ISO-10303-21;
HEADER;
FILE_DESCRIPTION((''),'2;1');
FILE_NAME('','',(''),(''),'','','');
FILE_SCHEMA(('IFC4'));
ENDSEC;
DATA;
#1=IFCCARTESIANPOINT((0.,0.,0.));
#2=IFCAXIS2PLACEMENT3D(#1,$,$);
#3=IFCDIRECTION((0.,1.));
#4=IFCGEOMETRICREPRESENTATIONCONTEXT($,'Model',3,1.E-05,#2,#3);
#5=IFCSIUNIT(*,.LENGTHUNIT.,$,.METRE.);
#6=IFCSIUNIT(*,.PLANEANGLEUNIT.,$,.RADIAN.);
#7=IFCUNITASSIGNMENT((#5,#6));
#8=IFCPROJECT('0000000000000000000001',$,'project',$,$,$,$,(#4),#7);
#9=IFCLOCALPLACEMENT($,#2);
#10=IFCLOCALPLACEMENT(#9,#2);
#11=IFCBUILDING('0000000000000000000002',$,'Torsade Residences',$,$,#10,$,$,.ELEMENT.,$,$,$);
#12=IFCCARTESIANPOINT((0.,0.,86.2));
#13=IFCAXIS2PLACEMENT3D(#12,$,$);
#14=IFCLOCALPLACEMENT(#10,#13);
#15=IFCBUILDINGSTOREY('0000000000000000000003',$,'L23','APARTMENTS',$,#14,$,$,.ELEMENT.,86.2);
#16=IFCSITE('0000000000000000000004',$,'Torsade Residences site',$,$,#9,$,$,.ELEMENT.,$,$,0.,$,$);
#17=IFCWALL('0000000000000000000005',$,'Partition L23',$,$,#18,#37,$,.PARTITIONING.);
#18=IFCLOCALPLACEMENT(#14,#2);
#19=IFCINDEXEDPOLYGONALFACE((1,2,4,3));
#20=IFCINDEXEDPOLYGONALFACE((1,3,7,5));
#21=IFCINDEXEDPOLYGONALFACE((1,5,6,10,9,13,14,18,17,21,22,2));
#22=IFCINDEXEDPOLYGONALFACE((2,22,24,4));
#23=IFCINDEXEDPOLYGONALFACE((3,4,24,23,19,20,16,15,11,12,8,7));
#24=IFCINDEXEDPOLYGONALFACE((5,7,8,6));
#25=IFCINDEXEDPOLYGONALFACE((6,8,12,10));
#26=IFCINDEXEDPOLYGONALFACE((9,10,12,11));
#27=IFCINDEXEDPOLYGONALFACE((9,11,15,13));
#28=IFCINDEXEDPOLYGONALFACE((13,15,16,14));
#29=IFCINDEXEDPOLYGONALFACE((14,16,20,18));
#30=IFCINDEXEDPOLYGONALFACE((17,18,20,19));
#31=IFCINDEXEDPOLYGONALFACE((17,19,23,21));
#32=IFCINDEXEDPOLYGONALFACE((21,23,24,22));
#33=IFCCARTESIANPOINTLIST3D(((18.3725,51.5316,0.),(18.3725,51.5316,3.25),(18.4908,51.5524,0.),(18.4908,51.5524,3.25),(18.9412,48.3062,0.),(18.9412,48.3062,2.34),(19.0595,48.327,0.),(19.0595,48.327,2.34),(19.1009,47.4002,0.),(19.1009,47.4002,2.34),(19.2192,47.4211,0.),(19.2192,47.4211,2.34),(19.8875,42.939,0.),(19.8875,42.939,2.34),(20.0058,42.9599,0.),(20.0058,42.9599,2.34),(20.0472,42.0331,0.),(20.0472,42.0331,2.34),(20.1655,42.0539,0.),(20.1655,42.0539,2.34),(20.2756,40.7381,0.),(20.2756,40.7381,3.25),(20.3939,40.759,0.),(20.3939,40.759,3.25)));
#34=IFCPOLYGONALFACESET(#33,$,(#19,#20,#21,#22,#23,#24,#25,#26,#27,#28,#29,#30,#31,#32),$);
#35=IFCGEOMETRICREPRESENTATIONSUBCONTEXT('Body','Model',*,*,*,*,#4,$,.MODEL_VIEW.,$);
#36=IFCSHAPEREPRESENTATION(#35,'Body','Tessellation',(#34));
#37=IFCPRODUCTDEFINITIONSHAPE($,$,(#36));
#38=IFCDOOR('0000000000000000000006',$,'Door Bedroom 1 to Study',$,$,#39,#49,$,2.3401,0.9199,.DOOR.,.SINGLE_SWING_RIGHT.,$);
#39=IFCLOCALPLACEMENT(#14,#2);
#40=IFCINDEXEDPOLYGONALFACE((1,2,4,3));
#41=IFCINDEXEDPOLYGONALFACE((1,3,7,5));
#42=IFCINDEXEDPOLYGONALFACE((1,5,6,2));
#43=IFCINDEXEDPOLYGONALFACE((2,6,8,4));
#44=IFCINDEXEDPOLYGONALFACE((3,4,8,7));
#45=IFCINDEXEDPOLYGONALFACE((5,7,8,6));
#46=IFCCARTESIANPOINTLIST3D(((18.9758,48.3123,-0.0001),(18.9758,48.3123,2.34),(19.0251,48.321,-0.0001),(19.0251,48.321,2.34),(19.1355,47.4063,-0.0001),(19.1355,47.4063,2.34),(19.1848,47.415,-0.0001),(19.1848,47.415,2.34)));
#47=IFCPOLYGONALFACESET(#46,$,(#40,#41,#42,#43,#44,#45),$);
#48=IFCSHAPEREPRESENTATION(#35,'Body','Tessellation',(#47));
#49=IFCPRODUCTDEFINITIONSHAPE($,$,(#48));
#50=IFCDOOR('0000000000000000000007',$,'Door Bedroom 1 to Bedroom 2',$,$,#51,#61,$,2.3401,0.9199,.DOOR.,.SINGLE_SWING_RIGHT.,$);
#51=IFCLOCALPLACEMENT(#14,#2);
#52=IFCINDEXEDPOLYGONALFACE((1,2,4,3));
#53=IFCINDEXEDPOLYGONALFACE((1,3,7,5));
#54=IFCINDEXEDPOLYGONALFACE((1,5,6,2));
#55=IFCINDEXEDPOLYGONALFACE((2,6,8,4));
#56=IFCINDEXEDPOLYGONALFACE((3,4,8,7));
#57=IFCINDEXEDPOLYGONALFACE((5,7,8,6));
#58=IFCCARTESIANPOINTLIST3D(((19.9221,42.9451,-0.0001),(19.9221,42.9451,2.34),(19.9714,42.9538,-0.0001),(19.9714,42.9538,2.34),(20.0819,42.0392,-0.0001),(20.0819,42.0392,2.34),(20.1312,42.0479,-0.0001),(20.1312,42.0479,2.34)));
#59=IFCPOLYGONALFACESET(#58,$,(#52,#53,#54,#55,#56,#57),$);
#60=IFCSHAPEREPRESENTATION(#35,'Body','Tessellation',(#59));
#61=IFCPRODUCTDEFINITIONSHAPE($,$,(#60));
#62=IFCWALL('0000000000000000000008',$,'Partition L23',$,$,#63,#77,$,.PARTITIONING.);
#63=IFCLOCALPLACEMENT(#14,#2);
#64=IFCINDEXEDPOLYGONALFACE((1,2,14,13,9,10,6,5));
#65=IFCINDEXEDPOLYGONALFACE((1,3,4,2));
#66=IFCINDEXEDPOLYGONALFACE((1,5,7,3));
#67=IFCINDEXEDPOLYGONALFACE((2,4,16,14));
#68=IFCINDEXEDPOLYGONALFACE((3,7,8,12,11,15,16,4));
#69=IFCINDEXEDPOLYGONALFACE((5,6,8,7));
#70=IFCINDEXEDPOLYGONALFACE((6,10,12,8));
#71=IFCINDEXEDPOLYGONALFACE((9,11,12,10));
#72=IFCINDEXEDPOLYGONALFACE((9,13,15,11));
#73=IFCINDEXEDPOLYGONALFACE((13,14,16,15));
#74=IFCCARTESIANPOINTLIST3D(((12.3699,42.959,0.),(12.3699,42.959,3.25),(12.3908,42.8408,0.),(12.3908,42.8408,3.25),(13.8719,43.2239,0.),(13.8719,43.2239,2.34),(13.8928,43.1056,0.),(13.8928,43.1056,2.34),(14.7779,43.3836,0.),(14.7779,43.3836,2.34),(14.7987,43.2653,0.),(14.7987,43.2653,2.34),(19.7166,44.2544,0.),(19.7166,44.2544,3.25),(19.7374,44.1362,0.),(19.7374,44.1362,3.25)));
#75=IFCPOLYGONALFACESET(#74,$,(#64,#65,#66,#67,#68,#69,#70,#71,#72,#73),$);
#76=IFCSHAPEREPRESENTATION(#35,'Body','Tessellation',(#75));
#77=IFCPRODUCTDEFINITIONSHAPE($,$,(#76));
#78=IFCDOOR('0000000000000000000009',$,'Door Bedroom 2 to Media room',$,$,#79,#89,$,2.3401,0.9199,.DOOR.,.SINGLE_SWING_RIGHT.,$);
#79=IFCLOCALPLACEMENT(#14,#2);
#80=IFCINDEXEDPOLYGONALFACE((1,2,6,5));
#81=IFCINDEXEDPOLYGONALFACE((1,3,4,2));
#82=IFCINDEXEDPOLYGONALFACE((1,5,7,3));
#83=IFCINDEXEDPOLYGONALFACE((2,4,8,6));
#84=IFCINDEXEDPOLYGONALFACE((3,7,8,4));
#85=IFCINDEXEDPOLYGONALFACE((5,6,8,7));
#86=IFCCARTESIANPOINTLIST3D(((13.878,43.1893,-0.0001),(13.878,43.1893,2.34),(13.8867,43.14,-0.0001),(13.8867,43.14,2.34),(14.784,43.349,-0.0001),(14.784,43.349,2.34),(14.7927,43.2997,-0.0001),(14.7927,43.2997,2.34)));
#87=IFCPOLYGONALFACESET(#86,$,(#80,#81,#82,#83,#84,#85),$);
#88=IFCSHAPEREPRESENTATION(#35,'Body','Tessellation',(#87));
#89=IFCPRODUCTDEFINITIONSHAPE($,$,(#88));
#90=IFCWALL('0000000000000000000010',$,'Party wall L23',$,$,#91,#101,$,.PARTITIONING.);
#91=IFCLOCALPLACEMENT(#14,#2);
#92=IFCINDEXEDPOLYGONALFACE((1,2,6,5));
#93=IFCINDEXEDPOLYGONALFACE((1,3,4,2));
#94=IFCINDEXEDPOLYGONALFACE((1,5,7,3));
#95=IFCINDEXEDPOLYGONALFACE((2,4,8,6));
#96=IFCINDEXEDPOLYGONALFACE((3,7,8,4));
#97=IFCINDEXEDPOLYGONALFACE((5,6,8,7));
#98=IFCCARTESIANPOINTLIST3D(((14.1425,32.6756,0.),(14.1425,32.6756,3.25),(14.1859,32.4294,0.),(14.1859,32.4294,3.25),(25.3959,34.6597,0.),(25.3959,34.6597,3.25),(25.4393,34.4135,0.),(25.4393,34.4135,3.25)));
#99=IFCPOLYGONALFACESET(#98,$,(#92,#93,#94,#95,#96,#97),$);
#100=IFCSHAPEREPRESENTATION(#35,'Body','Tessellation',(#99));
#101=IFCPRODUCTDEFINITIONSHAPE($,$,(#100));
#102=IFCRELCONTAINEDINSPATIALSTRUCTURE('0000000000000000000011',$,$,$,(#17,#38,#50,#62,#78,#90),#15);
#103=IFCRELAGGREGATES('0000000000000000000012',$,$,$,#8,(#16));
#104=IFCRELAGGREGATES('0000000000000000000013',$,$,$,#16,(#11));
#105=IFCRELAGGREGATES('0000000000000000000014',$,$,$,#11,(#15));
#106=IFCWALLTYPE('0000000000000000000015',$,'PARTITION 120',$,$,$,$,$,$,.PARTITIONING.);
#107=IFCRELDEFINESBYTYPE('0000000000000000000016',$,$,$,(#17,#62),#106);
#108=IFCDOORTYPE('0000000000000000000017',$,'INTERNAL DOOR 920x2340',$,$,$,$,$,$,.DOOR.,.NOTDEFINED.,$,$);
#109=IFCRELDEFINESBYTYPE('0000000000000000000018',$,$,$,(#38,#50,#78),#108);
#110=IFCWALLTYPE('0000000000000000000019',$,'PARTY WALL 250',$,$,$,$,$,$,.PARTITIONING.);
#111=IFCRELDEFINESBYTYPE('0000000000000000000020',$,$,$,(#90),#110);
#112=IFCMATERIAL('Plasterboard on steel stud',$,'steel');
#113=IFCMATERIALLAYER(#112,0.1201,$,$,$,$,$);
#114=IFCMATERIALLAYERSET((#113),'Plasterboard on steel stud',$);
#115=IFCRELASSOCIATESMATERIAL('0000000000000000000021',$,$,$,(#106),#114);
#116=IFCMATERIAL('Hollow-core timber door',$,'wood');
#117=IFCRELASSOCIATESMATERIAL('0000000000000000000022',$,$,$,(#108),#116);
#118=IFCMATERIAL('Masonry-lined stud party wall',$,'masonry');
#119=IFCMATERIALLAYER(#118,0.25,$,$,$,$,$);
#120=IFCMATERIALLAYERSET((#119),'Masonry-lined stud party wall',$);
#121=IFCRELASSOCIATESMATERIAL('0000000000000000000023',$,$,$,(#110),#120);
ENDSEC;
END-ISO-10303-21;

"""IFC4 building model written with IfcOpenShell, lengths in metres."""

from ifc_helpers import new_model, si_unit, direction, frame, frame_2d, origin, place, context, subcontext, project, spatial, rectangle, extrude, material, layer, layer_set, type_object, element, fill, save


model = new_model("IFC4")

# Units and contexts
model_context = context("Model", 3, precision=1e-05, world=origin(), true_north=direction((0.0, 1.0)))
body_context = subcontext(model_context, "Body", "Model", "MODEL_VIEW")
ifc_project = project(units=[si_unit("LENGTHUNIT", "METRE"), si_unit("PLANEANGLEUNIT", "RADIAN")], contexts=[model_context])

# Site, building, storey
site_placement = place(None, origin())
site = spatial("IfcSite", under=ifc_project, at=site_placement, Name="Torsade Residences site", CompositionType="ELEMENT", RefElevation=0.0)
building_placement = place(site_placement, origin())
building = spatial("IfcBuilding", under=site, at=building_placement, Name="Torsade Residences", CompositionType="ELEMENT")
storey_placement = place(building_placement, frame((0.0, 0.0, 86.2)))
storey = spatial("IfcBuildingStorey", under=building, at=storey_placement, Name="L23", Description="APARTMENTS", CompositionType="ELEMENT", Elevation=86.2)

# Shared definitions
ifc_material_1 = material(Name="Plasterboard on steel stud", Category="steel")
ifc_layer_1 = layer(ifc_material_1, 0.1201)
ifc_layer_set_1 = layer_set([ifc_layer_1], Name="Plasterboard on steel stud")
wall_type_1 = type_object("IfcWallType", Name="PARTITION 120", PredefinedType="PARTITIONING", material=ifc_layer_set_1)

# Shared definitions
ifc_material_2 = material(Name="Hollow-core timber door", Category="wood")
door_type = type_object("IfcDoorType", Name="INTERNAL DOOR 920x2340", OperationType="NOTDEFINED", PredefinedType="DOOR", material=ifc_material_2)

# Wall, openings, doors
wall_1_placement = place(storey_placement, frame((20.3347, 40.7485, 0.0), z_axis=(0.0, 0.0, 1.0), x_axis=(-0.173639, 0.984809, 0.0)))
wall_1 = element("IfcWall", 1, at=wall_1_placement, inside=storey, type_object=wall_type_1, Name="Partition L23", PredefinedType="PARTITIONING", context=body_context, shape_type="SweptSolid", body=[
    extrude(rectangle(XDim=10.96, YDim=0.1201, at=frame_2d((5.48, 0.0))), origin(), (0.0, 0.0, 1.0), 3.25),
])
opening_1_placement = place(wall_1_placement, frame((6.7649, 0.0, 0.0)))
opening_1 = element("IfcOpeningElement", 2, at=opening_1_placement, cuts=wall_1, PredefinedType="OPENING", context=body_context, shape_type="SweptSolid", body=[
    extrude(rectangle(XDim=0.9199, YDim=2.3401, at=frame_2d((0.46, 1.1699))), frame((0.0, 0.0701, 0.0), z_axis=(0.0, -1.0, 0.0), x_axis=(1.0, 0.0, 0.0)), (0.0, 0.0, 1.0), 0.1401),
])
opening_2_placement = place(wall_1_placement, frame((1.3149, 0.0, 0.0)))
opening_2 = element("IfcOpeningElement", 3, at=opening_2_placement, cuts=wall_1, PredefinedType="OPENING", context=body_context, shape_type="SweptSolid", body=[
    extrude(rectangle(XDim=0.9199, YDim=2.3401, at=frame_2d((0.46, 1.1699))), frame((0.0, 0.0701, 0.0), z_axis=(0.0, -1.0, 0.0), x_axis=(1.0, 0.0, 0.0)), (0.0, 0.0, 1.0), 0.1401),
])
door_1_placement = place(opening_1_placement, origin())
door_1 = element("IfcDoor", 4, at=door_1_placement, inside=storey, type_object=door_type, Name="Door Bedroom 1 to Study", OperationType="SINGLE_SWING_RIGHT", OverallHeight=2.3401, OverallWidth=0.9199, PredefinedType="DOOR", context=body_context, shape_type="SweptSolid", body=[
    extrude(rectangle(XDim=0.9199, YDim=2.3401, at=frame_2d((0.46, 1.1699))), frame((0.0, 0.0249, 0.0), z_axis=(0.0, -1.0, 0.0), x_axis=(1.0, 0.0, 0.0)), (0.0, 0.0, 1.0), 0.05),
])
fill(opening_1, door_1)
door_2_placement = place(opening_2_placement, origin())
door_2 = element("IfcDoor", 5, at=door_2_placement, inside=storey, type_object=door_type, Name="Door Bedroom 1 to Bedroom 2", OperationType="SINGLE_SWING_RIGHT", OverallHeight=2.3401, OverallWidth=0.9199, PredefinedType="DOOR", context=body_context, shape_type="SweptSolid", body=[
    extrude(rectangle(XDim=0.9199, YDim=2.3401, at=frame_2d((0.46, 1.1699))), frame((0.0, 0.0249, 0.0), z_axis=(0.0, -1.0, 0.0), x_axis=(1.0, 0.0, 0.0)), (0.0, 0.0, 1.0), 0.05),
])
fill(opening_2, door_2)

# Wall, opening, door
wall_2_placement = place(storey_placement, frame((12.3804, 42.8999, 0.0), z_axis=(0.0, 0.0, 1.0), x_axis=(0.984808, 0.173647, 0.0)))
wall_2 = element("IfcWall", 6, at=wall_2_placement, inside=storey, type_object=wall_type_1, Name="Partition L23", PredefinedType="PARTITIONING", context=body_context, shape_type="SweptSolid", body=[
    extrude(rectangle(XDim=7.46, YDim=0.1201, at=frame_2d((3.73, 0.0))), origin(), (0.0, 0.0, 1.0), 3.25),
])
opening_3_placement = place(wall_2_placement, frame((1.5251, 0.0, 0.0)))
opening_3 = element("IfcOpeningElement", 7, at=opening_3_placement, cuts=wall_2, PredefinedType="OPENING", context=body_context, shape_type="SweptSolid", body=[
    extrude(rectangle(XDim=0.9199, YDim=2.3401, at=frame_2d((0.46, 1.1699))), frame((0.0, 0.0701, 0.0), z_axis=(0.0, -1.0, 0.0), x_axis=(1.0, 0.0, 0.0)), (0.0, 0.0, 1.0), 0.1401),
])
door_3_placement = place(opening_3_placement, origin())
door_3 = element("IfcDoor", 8, at=door_3_placement, inside=storey, type_object=door_type, Name="Door Bedroom 2 to Media room", OperationType="SINGLE_SWING_RIGHT", OverallHeight=2.3401, OverallWidth=0.9199, PredefinedType="DOOR", context=body_context, shape_type="SweptSolid", body=[
    extrude(rectangle(XDim=0.9199, YDim=2.3401, at=frame_2d((0.46, 1.1699))), frame((0.0, 0.0249, 0.0), z_axis=(0.0, -1.0, 0.0), x_axis=(1.0, 0.0, 0.0)), (0.0, 0.0, 1.0), 0.05),
])
fill(opening_3, door_3)

# Wall
ifc_material_3 = material(Name="Masonry-lined stud party wall", Category="masonry")
ifc_layer_2 = layer(ifc_material_3, 0.25)
ifc_layer_set_2 = layer_set([ifc_layer_2], Name="Masonry-lined stud party wall")
wall_type_2 = type_object("IfcWallType", Name="PARTY WALL 250", PredefinedType="PARTITIONING", material=ifc_layer_set_2)
wall_3_placement = place(storey_placement, frame((14.1643, 32.5525, 0.0), z_axis=(0.0, 0.0, 1.0), x_axis=(0.98481, 0.173635, 0.0)))
element("IfcWall", 9, at=wall_3_placement, inside=storey, type_object=wall_type_2, Name="Party wall L23", PredefinedType="PARTITIONING", context=body_context, shape_type="SweptSolid", body=[
    extrude(rectangle(XDim=11.427, YDim=0.25, at=frame_2d((5.7134, 0.0))), origin(), (0.0, 0.0, 1.0), 3.25),
])

save(model, "model.ifc")
